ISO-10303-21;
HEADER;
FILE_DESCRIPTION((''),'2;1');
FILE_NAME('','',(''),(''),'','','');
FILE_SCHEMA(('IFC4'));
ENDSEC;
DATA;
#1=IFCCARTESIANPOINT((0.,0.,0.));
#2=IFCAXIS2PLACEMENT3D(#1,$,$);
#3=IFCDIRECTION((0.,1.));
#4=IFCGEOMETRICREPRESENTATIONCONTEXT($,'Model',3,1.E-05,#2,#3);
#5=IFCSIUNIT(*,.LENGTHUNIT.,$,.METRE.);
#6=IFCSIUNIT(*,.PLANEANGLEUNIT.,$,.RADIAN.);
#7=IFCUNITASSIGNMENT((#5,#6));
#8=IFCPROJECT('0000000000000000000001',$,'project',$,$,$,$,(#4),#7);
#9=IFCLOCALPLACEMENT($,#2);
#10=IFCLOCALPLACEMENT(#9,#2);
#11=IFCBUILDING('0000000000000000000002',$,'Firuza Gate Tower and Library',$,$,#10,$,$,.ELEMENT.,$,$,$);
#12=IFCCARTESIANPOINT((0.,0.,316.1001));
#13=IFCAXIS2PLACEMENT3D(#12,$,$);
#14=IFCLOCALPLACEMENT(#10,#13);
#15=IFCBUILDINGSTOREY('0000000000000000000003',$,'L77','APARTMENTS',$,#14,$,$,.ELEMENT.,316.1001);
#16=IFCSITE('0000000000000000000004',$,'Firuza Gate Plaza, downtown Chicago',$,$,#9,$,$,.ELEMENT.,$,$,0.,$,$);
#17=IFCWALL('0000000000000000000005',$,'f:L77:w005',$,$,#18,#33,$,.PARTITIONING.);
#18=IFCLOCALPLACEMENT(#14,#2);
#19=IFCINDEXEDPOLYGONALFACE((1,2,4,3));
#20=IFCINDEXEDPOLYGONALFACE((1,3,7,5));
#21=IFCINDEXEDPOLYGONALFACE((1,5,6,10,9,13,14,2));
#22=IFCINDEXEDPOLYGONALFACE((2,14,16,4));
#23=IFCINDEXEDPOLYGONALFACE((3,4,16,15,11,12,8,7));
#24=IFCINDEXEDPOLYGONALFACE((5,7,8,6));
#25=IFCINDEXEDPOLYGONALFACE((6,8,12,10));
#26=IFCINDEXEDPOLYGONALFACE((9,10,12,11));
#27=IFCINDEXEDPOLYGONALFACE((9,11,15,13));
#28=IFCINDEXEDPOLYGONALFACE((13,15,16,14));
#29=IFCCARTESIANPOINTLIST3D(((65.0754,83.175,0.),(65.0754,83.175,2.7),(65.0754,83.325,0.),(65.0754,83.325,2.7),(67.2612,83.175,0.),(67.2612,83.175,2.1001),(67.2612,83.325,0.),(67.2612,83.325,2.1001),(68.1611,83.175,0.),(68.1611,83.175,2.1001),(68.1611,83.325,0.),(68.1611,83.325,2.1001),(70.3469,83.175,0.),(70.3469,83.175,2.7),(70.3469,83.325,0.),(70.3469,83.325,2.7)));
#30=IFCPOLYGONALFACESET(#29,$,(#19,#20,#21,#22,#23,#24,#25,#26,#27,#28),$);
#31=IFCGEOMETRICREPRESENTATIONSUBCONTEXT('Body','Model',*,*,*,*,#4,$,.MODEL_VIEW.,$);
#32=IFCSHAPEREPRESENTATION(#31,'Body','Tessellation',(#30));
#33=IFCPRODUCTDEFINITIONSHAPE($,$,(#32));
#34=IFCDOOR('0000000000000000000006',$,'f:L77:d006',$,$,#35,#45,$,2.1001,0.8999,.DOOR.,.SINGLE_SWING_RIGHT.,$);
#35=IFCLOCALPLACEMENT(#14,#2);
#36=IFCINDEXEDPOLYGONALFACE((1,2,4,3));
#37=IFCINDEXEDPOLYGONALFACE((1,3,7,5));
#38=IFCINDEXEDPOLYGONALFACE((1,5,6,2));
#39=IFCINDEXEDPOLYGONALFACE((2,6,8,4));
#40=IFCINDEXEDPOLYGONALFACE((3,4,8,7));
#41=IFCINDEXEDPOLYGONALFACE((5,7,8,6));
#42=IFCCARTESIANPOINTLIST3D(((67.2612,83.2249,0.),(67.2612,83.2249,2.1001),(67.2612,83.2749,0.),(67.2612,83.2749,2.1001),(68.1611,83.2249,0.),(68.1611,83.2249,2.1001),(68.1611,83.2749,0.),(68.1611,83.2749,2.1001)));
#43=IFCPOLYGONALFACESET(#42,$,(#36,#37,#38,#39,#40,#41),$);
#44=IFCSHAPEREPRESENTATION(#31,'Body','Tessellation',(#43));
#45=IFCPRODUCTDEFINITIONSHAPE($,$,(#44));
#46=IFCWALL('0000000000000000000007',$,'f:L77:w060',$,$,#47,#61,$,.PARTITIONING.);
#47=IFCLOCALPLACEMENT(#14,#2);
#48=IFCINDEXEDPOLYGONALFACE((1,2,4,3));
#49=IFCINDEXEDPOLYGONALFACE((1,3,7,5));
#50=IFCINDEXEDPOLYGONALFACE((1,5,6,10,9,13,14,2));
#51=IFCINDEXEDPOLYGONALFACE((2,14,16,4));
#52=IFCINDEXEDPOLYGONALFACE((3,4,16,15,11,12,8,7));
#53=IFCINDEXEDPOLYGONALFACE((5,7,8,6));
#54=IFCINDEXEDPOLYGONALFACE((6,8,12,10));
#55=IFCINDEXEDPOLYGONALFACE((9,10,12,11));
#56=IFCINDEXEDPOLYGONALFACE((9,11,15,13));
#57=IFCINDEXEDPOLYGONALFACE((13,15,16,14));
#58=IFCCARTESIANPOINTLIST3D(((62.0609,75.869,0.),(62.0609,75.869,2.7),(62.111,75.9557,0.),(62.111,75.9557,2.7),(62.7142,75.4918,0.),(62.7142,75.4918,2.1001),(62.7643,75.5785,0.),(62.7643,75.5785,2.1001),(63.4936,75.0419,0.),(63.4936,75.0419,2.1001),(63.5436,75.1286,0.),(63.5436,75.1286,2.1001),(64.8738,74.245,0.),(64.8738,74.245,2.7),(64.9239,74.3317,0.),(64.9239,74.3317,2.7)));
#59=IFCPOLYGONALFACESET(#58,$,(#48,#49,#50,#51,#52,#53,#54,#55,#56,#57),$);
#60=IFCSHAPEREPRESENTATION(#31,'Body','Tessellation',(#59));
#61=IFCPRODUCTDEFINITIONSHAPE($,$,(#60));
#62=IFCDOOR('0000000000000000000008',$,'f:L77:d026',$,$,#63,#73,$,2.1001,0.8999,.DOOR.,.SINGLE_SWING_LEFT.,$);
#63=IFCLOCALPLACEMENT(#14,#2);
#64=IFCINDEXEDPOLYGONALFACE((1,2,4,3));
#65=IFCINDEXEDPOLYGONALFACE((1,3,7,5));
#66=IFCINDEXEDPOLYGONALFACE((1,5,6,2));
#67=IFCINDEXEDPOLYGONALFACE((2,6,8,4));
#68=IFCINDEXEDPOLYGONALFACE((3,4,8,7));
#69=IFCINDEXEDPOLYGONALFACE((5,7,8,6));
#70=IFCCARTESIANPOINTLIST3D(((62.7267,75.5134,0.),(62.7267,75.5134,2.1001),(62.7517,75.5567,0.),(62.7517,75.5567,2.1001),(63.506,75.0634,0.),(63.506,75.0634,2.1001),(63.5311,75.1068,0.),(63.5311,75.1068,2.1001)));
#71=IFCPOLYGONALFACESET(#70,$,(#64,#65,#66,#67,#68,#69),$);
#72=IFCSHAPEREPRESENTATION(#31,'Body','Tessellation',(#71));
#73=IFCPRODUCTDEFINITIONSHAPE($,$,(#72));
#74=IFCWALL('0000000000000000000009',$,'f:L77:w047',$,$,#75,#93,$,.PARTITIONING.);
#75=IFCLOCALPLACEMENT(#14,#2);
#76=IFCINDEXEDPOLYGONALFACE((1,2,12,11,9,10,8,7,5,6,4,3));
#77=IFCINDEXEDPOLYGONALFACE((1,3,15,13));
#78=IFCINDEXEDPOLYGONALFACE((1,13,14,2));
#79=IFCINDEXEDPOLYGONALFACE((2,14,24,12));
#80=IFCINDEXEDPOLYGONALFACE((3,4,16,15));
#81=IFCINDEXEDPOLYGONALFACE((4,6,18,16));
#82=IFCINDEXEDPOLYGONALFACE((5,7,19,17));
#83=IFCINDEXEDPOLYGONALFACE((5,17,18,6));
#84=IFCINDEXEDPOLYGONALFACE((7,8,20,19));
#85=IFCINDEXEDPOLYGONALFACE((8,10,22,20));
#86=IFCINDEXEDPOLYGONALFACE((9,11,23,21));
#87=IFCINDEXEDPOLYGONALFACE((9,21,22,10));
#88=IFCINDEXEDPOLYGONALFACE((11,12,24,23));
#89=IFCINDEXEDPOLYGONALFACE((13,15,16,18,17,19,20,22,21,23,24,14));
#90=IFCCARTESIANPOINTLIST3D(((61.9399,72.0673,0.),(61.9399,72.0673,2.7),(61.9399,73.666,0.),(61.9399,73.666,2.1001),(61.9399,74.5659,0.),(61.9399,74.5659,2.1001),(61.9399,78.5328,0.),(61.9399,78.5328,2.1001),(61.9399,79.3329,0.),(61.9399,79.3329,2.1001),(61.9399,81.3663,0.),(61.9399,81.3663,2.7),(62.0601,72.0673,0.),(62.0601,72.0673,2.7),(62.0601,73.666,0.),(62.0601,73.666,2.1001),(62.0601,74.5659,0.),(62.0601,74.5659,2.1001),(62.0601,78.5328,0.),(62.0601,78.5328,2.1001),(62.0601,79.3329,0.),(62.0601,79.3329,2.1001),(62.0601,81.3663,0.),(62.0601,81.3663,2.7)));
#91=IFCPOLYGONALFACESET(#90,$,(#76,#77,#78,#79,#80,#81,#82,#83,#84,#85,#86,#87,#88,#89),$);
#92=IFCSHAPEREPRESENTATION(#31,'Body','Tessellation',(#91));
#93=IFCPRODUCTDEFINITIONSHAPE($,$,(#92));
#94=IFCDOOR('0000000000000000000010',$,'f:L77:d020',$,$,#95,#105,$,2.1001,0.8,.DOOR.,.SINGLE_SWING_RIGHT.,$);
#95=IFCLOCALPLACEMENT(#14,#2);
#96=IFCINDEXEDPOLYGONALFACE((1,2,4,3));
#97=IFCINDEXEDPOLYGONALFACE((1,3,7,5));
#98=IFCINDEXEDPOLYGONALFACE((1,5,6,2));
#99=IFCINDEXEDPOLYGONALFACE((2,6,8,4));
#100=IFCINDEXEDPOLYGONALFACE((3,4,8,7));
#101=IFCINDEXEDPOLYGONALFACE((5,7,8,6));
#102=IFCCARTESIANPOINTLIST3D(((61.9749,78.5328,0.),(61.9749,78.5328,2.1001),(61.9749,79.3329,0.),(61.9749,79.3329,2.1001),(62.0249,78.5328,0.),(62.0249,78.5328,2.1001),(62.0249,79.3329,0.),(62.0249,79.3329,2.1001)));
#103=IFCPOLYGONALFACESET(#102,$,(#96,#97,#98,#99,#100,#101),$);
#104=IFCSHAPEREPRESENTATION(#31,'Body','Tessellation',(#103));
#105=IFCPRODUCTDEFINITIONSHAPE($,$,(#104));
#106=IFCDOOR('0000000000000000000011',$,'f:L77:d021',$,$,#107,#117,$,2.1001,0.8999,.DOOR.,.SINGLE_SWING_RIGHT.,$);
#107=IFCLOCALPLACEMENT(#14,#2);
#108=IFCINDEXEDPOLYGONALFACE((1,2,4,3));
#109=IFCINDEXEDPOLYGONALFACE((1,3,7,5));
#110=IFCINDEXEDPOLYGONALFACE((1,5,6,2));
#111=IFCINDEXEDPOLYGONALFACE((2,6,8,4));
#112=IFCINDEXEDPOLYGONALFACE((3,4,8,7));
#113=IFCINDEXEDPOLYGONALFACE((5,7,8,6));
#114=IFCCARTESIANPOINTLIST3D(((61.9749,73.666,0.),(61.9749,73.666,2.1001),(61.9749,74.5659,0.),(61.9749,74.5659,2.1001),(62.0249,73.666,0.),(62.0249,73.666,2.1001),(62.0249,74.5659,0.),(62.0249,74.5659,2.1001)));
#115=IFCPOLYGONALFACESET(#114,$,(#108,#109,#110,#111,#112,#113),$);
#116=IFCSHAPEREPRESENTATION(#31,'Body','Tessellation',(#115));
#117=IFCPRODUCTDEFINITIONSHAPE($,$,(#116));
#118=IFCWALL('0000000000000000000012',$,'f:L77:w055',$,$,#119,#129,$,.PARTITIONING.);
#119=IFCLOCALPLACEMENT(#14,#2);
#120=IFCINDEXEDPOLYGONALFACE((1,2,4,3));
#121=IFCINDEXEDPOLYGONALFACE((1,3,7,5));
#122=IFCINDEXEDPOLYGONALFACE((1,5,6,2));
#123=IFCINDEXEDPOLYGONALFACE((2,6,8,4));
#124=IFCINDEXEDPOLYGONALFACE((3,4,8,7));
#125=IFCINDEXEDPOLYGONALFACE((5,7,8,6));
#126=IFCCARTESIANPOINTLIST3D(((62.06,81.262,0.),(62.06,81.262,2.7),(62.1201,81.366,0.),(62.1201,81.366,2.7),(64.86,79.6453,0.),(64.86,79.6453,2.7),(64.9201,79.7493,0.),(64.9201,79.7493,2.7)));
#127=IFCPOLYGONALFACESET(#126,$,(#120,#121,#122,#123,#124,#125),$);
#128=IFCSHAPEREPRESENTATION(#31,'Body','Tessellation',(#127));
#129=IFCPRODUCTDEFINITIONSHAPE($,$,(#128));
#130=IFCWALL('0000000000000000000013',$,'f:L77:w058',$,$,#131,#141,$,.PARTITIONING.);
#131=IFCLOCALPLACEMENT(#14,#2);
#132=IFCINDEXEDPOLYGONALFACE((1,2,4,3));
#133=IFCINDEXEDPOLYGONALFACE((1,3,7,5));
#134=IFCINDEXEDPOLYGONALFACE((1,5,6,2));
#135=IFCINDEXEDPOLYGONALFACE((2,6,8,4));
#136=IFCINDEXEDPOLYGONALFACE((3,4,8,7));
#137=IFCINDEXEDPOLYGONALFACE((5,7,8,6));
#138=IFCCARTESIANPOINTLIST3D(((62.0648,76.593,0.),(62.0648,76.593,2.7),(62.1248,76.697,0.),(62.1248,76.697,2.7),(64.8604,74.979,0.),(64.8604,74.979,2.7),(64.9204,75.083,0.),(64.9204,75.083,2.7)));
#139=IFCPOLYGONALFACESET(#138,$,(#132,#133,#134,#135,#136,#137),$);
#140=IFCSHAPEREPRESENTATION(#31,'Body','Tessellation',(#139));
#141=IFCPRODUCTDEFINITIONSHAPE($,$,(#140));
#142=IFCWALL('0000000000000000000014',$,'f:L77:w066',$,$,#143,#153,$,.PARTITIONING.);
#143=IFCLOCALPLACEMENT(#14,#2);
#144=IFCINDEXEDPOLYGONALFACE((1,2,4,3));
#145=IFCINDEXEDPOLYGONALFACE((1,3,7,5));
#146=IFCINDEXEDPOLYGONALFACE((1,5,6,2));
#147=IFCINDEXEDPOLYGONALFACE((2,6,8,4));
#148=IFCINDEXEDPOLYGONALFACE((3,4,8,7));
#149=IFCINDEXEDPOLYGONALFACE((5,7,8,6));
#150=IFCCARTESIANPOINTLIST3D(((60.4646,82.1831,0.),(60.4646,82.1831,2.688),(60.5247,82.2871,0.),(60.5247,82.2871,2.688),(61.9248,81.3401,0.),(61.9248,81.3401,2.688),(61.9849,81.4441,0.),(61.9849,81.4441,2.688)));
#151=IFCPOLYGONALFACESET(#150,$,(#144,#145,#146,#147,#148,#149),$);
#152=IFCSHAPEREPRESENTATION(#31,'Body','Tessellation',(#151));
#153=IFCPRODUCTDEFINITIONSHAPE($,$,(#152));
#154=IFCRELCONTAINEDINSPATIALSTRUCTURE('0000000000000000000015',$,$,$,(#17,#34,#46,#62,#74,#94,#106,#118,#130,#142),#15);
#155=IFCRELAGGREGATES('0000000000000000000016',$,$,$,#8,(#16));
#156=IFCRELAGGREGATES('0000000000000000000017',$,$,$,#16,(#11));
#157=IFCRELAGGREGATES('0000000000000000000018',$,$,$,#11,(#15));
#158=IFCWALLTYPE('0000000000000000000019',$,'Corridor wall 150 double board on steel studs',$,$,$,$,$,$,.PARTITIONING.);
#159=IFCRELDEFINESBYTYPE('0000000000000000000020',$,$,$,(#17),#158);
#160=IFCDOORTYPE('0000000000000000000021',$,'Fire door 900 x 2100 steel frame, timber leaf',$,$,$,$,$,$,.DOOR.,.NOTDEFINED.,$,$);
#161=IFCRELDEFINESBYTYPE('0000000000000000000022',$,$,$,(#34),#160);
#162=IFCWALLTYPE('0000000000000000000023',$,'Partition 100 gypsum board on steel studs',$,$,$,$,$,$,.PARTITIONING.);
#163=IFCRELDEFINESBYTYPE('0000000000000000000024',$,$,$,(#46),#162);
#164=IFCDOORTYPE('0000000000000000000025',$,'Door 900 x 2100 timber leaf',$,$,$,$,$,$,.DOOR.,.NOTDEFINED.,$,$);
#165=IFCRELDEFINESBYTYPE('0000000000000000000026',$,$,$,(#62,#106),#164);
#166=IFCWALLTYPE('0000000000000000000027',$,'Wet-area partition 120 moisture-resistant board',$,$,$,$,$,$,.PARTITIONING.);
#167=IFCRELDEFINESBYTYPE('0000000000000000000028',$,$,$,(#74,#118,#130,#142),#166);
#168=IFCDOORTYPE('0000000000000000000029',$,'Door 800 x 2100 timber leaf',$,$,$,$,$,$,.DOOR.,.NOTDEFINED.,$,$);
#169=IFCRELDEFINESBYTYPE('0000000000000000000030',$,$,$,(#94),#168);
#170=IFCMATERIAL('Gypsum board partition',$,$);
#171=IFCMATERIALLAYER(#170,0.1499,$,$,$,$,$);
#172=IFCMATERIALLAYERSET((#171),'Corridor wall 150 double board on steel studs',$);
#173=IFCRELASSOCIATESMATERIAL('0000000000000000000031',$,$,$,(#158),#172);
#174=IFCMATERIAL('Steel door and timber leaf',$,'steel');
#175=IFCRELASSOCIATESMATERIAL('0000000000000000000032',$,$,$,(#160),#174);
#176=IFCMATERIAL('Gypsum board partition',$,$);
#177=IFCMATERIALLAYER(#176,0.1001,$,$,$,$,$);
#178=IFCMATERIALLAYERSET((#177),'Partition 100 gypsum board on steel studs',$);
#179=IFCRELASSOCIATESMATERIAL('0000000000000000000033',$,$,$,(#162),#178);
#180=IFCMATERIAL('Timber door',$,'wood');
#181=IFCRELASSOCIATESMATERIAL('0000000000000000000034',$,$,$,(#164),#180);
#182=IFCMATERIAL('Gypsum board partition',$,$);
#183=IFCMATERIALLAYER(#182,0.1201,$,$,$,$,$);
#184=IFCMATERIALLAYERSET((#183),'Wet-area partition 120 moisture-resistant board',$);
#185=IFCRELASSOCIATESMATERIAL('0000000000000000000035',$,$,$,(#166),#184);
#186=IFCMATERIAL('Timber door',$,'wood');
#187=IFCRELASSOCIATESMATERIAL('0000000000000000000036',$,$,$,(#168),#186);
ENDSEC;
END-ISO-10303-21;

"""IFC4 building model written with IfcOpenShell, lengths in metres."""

from ifc_helpers import new_model, si_unit, direction, frame, frame_2d, origin, place, context, subcontext, project, spatial, rectangle, extrude, material, layer, layer_set, type_object, element, fill, save


model = new_model("IFC4")

# Units and contexts
model_context = context("Model", 3, precision=1e-05, world=origin(), true_north=direction((0.0, 1.0)))
body_context = subcontext(model_context, "Body", "Model", "MODEL_VIEW")
ifc_project = project(units=[si_unit("LENGTHUNIT", "METRE"), si_unit("PLANEANGLEUNIT", "RADIAN")], contexts=[model_context])

# Site, building, storey
site_placement = place(None, origin())
site = spatial("IfcSite", under=ifc_project, at=site_placement, Name="Firuza Gate Plaza, downtown Chicago", CompositionType="ELEMENT", RefElevation=0.0)
building_placement = place(site_placement, origin())
building = spatial("IfcBuilding", under=site, at=building_placement, Name="Firuza Gate Tower and Library", CompositionType="ELEMENT")
storey_placement = place(building_placement, frame((0.0, 0.0, 316.1001)))
storey = spatial("IfcBuildingStorey", under=building, at=storey_placement, Name="L77", Description="APARTMENTS", CompositionType="ELEMENT", Elevation=316.1001)

# Walls, openings, doors
ifc_material_1 = material(Name="Gypsum board partition")
ifc_layer_1 = layer(ifc_material_1, 0.1499)
ifc_layer_set_1 = layer_set([ifc_layer_1], Name="Corridor wall 150 double board on steel studs")
wall_type_1 = type_object("IfcWallType", Name="Corridor wall 150 double board on steel studs", PredefinedType="PARTITIONING", material=ifc_layer_set_1)
wall_1_placement = place(storey_placement, frame((65.0754, 83.25, 0.0), z_axis=(0.0, 0.0, 1.0), x_axis=(1.0, 0.0, 0.0)))
wall_1 = element("IfcWall", 1, at=wall_1_placement, inside=storey, type_object=wall_type_1, Name="f:L77:w005", PredefinedType="PARTITIONING", context=body_context, shape_type="SweptSolid", body=[
    extrude(rectangle(XDim=5.2715, YDim=0.1499, at=frame_2d((2.6357, 0.0))), origin(), (0.0, 0.0, 1.0), 2.7),
])
opening_1_placement = place(wall_1_placement, frame((2.1858, 0.0, 0.0)))
opening_1 = element("IfcOpeningElement", 2, at=opening_1_placement, cuts=wall_1, PredefinedType="OPENING", context=body_context, shape_type="SweptSolid", body=[
    extrude(rectangle(XDim=0.8999, YDim=2.1001, at=frame_2d((0.45, 1.05))), frame((0.0, 0.085, 0.0), z_axis=(0.0, -1.0, 0.0), x_axis=(1.0, 0.0, 0.0)), (0.0, 0.0, 1.0), 0.1699),
])
ifc_material_2 = material(Name="Steel door and timber leaf", Category="steel")
door_type_1 = type_object("IfcDoorType", Name="Fire door 900 x 2100 steel frame, timber leaf", OperationType="NOTDEFINED", PredefinedType="DOOR", material=ifc_material_2)
door_1_placement = place(opening_1_placement, origin())
door_1 = element("IfcDoor", 3, at=door_1_placement, inside=storey, type_object=door_type_1, Name="f:L77:d006", OperationType="SINGLE_SWING_RIGHT", OverallHeight=2.1001, OverallWidth=0.8999, PredefinedType="DOOR", context=body_context, shape_type="SweptSolid", body=[
    extrude(rectangle(XDim=0.8999, YDim=2.1001, at=frame_2d((0.45, 1.05))), frame((0.0, 0.0249, 0.0), z_axis=(0.0, -1.0, 0.0), x_axis=(1.0, 0.0, 0.0)), (0.0, 0.0, 1.0), 0.05),
])
fill(opening_1, door_1)
ifc_material_3 = material(Name="Gypsum board partition")
ifc_layer_2 = layer(ifc_material_3, 0.1001)
ifc_layer_set_2 = layer_set([ifc_layer_2], Name="Partition 100 gypsum board on steel studs")
wall_type_2 = type_object("IfcWallType", Name="Partition 100 gypsum board on steel studs", PredefinedType="PARTITIONING", material=ifc_layer_set_2)
wall_2_placement = place(storey_placement, frame((62.0859, 75.9124, 0.0), z_axis=(0.0, 0.0, 1.0), x_axis=(0.866033, -0.499987, 0.0)))
wall_2 = element("IfcWall", 4, at=wall_2_placement, inside=storey, type_object=wall_type_2, Name="f:L77:w060", PredefinedType="PARTITIONING", context=body_context, shape_type="SweptSolid", body=[
    extrude(rectangle(XDim=3.248, YDim=0.1001, at=frame_2d((1.624, 0.0))), origin(), (0.0, 0.0, 1.0), 2.7),
])
opening_2_placement = place(wall_2_placement, frame((0.7544, 0.0, 0.0)))
opening_2 = element("IfcOpeningElement", 5, at=opening_2_placement, cuts=wall_2, PredefinedType="OPENING", context=body_context, shape_type="SweptSolid", body=[
    extrude(rectangle(XDim=0.8999, YDim=2.1001, at=frame_2d((0.45, 1.05))), frame((0.0, 0.0601, 0.0), z_axis=(0.0, -1.0, 0.0), x_axis=(1.0, 0.0, 0.0)), (0.0, 0.0, 1.0), 0.1201),
])
ifc_material_4 = material(Name="Timber door", Category="wood")
door_type_2 = type_object("IfcDoorType", Name="Door 900 x 2100 timber leaf", OperationType="NOTDEFINED", PredefinedType="DOOR", material=ifc_material_4)
door_2_placement = place(opening_2_placement, origin())
door_2 = element("IfcDoor", 6, at=door_2_placement, inside=storey, type_object=door_type_2, Name="f:L77:d026", OperationType="SINGLE_SWING_LEFT", OverallHeight=2.1001, OverallWidth=0.8999, PredefinedType="DOOR", context=body_context, shape_type="SweptSolid", body=[
    extrude(rectangle(XDim=0.8999, YDim=2.1001, at=frame_2d((0.45, 1.05))), frame((0.0, 0.0249, 0.0), z_axis=(0.0, -1.0, 0.0), x_axis=(1.0, 0.0, 0.0)), (0.0, 0.0, 1.0), 0.05),
])
fill(opening_2, door_2)

# Wall, openings, doors
ifc_material_5 = material(Name="Gypsum board partition")
ifc_layer_3 = layer(ifc_material_5, 0.1201)
ifc_layer_set_3 = layer_set([ifc_layer_3], Name="Wet-area partition 120 moisture-resistant board")
wall_type_3 = type_object("IfcWallType", Name="Wet-area partition 120 moisture-resistant board", PredefinedType="PARTITIONING", material=ifc_layer_set_3)
wall_3_placement = place(storey_placement, frame((62.0, 81.3662, 0.0), z_axis=(0.0, 0.0, 1.0), x_axis=(0.0, -1.0, 0.0)))
wall_3 = element("IfcWall", 7, at=wall_3_placement, inside=storey, type_object=wall_type_3, Name="f:L77:w047", PredefinedType="PARTITIONING", context=body_context, shape_type="SweptSolid", body=[
    extrude(rectangle(XDim=9.2991, YDim=0.1201, at=frame_2d((4.6494, 0.0))), origin(), (0.0, 0.0, 1.0), 2.7),
])
opening_3_placement = place(wall_3_placement, frame((2.0334, 0.0, 0.0)))
opening_3 = element("IfcOpeningElement", 8, at=opening_3_placement, cuts=wall_3, PredefinedType="OPENING", context=body_context, shape_type="SweptSolid", body=[
    extrude(rectangle(XDim=0.8, YDim=2.1001, at=frame_2d((0.3999, 1.05))), frame((0.0, 0.0701, 0.0), z_axis=(0.0, -1.0, 0.0), x_axis=(1.0, 0.0, 0.0)), (0.0, 0.0, 1.0), 0.1401),
])
opening_4_placement = place(wall_3_placement, frame((6.8003, 0.0, 0.0)))
opening_4 = element("IfcOpeningElement", 9, at=opening_4_placement, cuts=wall_3, PredefinedType="OPENING", context=body_context, shape_type="SweptSolid", body=[
    extrude(rectangle(XDim=0.8999, YDim=2.1001, at=frame_2d((0.45, 1.05))), frame((0.0, 0.0701, 0.0), z_axis=(0.0, -1.0, 0.0), x_axis=(1.0, 0.0, 0.0)), (0.0, 0.0, 1.0), 0.1401),
])
ifc_material_6 = material(Name="Timber door", Category="wood")
door_type_3 = type_object("IfcDoorType", Name="Door 800 x 2100 timber leaf", OperationType="NOTDEFINED", PredefinedType="DOOR", material=ifc_material_6)
door_3_placement = place(opening_3_placement, origin())
door_3 = element("IfcDoor", 10, at=door_3_placement, inside=storey, type_object=door_type_3, Name="f:L77:d020", OperationType="SINGLE_SWING_RIGHT", OverallHeight=2.1001, OverallWidth=0.8, PredefinedType="DOOR", context=body_context, shape_type="SweptSolid", body=[
    extrude(rectangle(XDim=0.8, YDim=2.1001, at=frame_2d((0.3999, 1.05))), frame((0.0, 0.0249, 0.0), z_axis=(0.0, -1.0, 0.0), x_axis=(1.0, 0.0, 0.0)), (0.0, 0.0, 1.0), 0.05),
])
fill(opening_3, door_3)
door_4_placement = place(opening_4_placement, origin())
door_4 = element("IfcDoor", 11, at=door_4_placement, inside=storey, type_object=door_type_2, Name="f:L77:d021", OperationType="SINGLE_SWING_RIGHT", OverallHeight=2.1001, OverallWidth=0.8999, PredefinedType="DOOR", context=body_context, shape_type="SweptSolid", body=[
    extrude(rectangle(XDim=0.8999, YDim=2.1001, at=frame_2d((0.45, 1.05))), frame((0.0, 0.0249, 0.0), z_axis=(0.0, -1.0, 0.0), x_axis=(1.0, 0.0, 0.0)), (0.0, 0.0, 1.0), 0.05),
])
fill(opening_4, door_4)

# Walls
wall_4_placement = place(storey_placement, frame((64.8901, 79.6973, 0.0), z_axis=(0.0, 0.0, 1.0), x_axis=(-0.866013, 0.500021, 0.0)))
element("IfcWall", 12, at=wall_4_placement, inside=storey, type_object=wall_type_3, Name="f:L77:w055", PredefinedType="PARTITIONING", context=body_context, shape_type="SweptSolid", body=[
    extrude(rectangle(XDim=3.2332, YDim=0.1201, at=frame_2d((1.6167, 0.0))), origin(), (0.0, 0.0, 1.0), 2.7),
])
wall_5_placement = place(storey_placement, frame((64.8904, 75.031, 0.0), z_axis=(0.0, 0.0, 1.0), x_axis=(-0.866033, 0.499987, 0.0)))
element("IfcWall", 13, at=wall_5_placement, inside=storey, type_object=wall_type_3, Name="f:L77:w058", PredefinedType="PARTITIONING", context=body_context, shape_type="SweptSolid", body=[
    extrude(rectangle(XDim=3.228, YDim=0.1201, at=frame_2d((1.614, 0.0))), origin(), (0.0, 0.0, 1.0), 2.7),
])
wall_6_placement = place(storey_placement, frame((61.9548, 81.3921, 0.0), z_axis=(0.0, 0.0, 1.0), x_axis=(-0.866034, 0.499986, 0.0)))
element("IfcWall", 14, at=wall_6_placement, inside=storey, type_object=wall_type_3, Name="f:L77:w066", PredefinedType="PARTITIONING", context=body_context, shape_type="SweptSolid", body=[
    extrude(rectangle(XDim=1.686, YDim=0.1201, at=frame_2d((0.843, 0.0))), origin(), (0.0, 0.0, 1.0), 2.688),
])

save(model, "model.ifc")
